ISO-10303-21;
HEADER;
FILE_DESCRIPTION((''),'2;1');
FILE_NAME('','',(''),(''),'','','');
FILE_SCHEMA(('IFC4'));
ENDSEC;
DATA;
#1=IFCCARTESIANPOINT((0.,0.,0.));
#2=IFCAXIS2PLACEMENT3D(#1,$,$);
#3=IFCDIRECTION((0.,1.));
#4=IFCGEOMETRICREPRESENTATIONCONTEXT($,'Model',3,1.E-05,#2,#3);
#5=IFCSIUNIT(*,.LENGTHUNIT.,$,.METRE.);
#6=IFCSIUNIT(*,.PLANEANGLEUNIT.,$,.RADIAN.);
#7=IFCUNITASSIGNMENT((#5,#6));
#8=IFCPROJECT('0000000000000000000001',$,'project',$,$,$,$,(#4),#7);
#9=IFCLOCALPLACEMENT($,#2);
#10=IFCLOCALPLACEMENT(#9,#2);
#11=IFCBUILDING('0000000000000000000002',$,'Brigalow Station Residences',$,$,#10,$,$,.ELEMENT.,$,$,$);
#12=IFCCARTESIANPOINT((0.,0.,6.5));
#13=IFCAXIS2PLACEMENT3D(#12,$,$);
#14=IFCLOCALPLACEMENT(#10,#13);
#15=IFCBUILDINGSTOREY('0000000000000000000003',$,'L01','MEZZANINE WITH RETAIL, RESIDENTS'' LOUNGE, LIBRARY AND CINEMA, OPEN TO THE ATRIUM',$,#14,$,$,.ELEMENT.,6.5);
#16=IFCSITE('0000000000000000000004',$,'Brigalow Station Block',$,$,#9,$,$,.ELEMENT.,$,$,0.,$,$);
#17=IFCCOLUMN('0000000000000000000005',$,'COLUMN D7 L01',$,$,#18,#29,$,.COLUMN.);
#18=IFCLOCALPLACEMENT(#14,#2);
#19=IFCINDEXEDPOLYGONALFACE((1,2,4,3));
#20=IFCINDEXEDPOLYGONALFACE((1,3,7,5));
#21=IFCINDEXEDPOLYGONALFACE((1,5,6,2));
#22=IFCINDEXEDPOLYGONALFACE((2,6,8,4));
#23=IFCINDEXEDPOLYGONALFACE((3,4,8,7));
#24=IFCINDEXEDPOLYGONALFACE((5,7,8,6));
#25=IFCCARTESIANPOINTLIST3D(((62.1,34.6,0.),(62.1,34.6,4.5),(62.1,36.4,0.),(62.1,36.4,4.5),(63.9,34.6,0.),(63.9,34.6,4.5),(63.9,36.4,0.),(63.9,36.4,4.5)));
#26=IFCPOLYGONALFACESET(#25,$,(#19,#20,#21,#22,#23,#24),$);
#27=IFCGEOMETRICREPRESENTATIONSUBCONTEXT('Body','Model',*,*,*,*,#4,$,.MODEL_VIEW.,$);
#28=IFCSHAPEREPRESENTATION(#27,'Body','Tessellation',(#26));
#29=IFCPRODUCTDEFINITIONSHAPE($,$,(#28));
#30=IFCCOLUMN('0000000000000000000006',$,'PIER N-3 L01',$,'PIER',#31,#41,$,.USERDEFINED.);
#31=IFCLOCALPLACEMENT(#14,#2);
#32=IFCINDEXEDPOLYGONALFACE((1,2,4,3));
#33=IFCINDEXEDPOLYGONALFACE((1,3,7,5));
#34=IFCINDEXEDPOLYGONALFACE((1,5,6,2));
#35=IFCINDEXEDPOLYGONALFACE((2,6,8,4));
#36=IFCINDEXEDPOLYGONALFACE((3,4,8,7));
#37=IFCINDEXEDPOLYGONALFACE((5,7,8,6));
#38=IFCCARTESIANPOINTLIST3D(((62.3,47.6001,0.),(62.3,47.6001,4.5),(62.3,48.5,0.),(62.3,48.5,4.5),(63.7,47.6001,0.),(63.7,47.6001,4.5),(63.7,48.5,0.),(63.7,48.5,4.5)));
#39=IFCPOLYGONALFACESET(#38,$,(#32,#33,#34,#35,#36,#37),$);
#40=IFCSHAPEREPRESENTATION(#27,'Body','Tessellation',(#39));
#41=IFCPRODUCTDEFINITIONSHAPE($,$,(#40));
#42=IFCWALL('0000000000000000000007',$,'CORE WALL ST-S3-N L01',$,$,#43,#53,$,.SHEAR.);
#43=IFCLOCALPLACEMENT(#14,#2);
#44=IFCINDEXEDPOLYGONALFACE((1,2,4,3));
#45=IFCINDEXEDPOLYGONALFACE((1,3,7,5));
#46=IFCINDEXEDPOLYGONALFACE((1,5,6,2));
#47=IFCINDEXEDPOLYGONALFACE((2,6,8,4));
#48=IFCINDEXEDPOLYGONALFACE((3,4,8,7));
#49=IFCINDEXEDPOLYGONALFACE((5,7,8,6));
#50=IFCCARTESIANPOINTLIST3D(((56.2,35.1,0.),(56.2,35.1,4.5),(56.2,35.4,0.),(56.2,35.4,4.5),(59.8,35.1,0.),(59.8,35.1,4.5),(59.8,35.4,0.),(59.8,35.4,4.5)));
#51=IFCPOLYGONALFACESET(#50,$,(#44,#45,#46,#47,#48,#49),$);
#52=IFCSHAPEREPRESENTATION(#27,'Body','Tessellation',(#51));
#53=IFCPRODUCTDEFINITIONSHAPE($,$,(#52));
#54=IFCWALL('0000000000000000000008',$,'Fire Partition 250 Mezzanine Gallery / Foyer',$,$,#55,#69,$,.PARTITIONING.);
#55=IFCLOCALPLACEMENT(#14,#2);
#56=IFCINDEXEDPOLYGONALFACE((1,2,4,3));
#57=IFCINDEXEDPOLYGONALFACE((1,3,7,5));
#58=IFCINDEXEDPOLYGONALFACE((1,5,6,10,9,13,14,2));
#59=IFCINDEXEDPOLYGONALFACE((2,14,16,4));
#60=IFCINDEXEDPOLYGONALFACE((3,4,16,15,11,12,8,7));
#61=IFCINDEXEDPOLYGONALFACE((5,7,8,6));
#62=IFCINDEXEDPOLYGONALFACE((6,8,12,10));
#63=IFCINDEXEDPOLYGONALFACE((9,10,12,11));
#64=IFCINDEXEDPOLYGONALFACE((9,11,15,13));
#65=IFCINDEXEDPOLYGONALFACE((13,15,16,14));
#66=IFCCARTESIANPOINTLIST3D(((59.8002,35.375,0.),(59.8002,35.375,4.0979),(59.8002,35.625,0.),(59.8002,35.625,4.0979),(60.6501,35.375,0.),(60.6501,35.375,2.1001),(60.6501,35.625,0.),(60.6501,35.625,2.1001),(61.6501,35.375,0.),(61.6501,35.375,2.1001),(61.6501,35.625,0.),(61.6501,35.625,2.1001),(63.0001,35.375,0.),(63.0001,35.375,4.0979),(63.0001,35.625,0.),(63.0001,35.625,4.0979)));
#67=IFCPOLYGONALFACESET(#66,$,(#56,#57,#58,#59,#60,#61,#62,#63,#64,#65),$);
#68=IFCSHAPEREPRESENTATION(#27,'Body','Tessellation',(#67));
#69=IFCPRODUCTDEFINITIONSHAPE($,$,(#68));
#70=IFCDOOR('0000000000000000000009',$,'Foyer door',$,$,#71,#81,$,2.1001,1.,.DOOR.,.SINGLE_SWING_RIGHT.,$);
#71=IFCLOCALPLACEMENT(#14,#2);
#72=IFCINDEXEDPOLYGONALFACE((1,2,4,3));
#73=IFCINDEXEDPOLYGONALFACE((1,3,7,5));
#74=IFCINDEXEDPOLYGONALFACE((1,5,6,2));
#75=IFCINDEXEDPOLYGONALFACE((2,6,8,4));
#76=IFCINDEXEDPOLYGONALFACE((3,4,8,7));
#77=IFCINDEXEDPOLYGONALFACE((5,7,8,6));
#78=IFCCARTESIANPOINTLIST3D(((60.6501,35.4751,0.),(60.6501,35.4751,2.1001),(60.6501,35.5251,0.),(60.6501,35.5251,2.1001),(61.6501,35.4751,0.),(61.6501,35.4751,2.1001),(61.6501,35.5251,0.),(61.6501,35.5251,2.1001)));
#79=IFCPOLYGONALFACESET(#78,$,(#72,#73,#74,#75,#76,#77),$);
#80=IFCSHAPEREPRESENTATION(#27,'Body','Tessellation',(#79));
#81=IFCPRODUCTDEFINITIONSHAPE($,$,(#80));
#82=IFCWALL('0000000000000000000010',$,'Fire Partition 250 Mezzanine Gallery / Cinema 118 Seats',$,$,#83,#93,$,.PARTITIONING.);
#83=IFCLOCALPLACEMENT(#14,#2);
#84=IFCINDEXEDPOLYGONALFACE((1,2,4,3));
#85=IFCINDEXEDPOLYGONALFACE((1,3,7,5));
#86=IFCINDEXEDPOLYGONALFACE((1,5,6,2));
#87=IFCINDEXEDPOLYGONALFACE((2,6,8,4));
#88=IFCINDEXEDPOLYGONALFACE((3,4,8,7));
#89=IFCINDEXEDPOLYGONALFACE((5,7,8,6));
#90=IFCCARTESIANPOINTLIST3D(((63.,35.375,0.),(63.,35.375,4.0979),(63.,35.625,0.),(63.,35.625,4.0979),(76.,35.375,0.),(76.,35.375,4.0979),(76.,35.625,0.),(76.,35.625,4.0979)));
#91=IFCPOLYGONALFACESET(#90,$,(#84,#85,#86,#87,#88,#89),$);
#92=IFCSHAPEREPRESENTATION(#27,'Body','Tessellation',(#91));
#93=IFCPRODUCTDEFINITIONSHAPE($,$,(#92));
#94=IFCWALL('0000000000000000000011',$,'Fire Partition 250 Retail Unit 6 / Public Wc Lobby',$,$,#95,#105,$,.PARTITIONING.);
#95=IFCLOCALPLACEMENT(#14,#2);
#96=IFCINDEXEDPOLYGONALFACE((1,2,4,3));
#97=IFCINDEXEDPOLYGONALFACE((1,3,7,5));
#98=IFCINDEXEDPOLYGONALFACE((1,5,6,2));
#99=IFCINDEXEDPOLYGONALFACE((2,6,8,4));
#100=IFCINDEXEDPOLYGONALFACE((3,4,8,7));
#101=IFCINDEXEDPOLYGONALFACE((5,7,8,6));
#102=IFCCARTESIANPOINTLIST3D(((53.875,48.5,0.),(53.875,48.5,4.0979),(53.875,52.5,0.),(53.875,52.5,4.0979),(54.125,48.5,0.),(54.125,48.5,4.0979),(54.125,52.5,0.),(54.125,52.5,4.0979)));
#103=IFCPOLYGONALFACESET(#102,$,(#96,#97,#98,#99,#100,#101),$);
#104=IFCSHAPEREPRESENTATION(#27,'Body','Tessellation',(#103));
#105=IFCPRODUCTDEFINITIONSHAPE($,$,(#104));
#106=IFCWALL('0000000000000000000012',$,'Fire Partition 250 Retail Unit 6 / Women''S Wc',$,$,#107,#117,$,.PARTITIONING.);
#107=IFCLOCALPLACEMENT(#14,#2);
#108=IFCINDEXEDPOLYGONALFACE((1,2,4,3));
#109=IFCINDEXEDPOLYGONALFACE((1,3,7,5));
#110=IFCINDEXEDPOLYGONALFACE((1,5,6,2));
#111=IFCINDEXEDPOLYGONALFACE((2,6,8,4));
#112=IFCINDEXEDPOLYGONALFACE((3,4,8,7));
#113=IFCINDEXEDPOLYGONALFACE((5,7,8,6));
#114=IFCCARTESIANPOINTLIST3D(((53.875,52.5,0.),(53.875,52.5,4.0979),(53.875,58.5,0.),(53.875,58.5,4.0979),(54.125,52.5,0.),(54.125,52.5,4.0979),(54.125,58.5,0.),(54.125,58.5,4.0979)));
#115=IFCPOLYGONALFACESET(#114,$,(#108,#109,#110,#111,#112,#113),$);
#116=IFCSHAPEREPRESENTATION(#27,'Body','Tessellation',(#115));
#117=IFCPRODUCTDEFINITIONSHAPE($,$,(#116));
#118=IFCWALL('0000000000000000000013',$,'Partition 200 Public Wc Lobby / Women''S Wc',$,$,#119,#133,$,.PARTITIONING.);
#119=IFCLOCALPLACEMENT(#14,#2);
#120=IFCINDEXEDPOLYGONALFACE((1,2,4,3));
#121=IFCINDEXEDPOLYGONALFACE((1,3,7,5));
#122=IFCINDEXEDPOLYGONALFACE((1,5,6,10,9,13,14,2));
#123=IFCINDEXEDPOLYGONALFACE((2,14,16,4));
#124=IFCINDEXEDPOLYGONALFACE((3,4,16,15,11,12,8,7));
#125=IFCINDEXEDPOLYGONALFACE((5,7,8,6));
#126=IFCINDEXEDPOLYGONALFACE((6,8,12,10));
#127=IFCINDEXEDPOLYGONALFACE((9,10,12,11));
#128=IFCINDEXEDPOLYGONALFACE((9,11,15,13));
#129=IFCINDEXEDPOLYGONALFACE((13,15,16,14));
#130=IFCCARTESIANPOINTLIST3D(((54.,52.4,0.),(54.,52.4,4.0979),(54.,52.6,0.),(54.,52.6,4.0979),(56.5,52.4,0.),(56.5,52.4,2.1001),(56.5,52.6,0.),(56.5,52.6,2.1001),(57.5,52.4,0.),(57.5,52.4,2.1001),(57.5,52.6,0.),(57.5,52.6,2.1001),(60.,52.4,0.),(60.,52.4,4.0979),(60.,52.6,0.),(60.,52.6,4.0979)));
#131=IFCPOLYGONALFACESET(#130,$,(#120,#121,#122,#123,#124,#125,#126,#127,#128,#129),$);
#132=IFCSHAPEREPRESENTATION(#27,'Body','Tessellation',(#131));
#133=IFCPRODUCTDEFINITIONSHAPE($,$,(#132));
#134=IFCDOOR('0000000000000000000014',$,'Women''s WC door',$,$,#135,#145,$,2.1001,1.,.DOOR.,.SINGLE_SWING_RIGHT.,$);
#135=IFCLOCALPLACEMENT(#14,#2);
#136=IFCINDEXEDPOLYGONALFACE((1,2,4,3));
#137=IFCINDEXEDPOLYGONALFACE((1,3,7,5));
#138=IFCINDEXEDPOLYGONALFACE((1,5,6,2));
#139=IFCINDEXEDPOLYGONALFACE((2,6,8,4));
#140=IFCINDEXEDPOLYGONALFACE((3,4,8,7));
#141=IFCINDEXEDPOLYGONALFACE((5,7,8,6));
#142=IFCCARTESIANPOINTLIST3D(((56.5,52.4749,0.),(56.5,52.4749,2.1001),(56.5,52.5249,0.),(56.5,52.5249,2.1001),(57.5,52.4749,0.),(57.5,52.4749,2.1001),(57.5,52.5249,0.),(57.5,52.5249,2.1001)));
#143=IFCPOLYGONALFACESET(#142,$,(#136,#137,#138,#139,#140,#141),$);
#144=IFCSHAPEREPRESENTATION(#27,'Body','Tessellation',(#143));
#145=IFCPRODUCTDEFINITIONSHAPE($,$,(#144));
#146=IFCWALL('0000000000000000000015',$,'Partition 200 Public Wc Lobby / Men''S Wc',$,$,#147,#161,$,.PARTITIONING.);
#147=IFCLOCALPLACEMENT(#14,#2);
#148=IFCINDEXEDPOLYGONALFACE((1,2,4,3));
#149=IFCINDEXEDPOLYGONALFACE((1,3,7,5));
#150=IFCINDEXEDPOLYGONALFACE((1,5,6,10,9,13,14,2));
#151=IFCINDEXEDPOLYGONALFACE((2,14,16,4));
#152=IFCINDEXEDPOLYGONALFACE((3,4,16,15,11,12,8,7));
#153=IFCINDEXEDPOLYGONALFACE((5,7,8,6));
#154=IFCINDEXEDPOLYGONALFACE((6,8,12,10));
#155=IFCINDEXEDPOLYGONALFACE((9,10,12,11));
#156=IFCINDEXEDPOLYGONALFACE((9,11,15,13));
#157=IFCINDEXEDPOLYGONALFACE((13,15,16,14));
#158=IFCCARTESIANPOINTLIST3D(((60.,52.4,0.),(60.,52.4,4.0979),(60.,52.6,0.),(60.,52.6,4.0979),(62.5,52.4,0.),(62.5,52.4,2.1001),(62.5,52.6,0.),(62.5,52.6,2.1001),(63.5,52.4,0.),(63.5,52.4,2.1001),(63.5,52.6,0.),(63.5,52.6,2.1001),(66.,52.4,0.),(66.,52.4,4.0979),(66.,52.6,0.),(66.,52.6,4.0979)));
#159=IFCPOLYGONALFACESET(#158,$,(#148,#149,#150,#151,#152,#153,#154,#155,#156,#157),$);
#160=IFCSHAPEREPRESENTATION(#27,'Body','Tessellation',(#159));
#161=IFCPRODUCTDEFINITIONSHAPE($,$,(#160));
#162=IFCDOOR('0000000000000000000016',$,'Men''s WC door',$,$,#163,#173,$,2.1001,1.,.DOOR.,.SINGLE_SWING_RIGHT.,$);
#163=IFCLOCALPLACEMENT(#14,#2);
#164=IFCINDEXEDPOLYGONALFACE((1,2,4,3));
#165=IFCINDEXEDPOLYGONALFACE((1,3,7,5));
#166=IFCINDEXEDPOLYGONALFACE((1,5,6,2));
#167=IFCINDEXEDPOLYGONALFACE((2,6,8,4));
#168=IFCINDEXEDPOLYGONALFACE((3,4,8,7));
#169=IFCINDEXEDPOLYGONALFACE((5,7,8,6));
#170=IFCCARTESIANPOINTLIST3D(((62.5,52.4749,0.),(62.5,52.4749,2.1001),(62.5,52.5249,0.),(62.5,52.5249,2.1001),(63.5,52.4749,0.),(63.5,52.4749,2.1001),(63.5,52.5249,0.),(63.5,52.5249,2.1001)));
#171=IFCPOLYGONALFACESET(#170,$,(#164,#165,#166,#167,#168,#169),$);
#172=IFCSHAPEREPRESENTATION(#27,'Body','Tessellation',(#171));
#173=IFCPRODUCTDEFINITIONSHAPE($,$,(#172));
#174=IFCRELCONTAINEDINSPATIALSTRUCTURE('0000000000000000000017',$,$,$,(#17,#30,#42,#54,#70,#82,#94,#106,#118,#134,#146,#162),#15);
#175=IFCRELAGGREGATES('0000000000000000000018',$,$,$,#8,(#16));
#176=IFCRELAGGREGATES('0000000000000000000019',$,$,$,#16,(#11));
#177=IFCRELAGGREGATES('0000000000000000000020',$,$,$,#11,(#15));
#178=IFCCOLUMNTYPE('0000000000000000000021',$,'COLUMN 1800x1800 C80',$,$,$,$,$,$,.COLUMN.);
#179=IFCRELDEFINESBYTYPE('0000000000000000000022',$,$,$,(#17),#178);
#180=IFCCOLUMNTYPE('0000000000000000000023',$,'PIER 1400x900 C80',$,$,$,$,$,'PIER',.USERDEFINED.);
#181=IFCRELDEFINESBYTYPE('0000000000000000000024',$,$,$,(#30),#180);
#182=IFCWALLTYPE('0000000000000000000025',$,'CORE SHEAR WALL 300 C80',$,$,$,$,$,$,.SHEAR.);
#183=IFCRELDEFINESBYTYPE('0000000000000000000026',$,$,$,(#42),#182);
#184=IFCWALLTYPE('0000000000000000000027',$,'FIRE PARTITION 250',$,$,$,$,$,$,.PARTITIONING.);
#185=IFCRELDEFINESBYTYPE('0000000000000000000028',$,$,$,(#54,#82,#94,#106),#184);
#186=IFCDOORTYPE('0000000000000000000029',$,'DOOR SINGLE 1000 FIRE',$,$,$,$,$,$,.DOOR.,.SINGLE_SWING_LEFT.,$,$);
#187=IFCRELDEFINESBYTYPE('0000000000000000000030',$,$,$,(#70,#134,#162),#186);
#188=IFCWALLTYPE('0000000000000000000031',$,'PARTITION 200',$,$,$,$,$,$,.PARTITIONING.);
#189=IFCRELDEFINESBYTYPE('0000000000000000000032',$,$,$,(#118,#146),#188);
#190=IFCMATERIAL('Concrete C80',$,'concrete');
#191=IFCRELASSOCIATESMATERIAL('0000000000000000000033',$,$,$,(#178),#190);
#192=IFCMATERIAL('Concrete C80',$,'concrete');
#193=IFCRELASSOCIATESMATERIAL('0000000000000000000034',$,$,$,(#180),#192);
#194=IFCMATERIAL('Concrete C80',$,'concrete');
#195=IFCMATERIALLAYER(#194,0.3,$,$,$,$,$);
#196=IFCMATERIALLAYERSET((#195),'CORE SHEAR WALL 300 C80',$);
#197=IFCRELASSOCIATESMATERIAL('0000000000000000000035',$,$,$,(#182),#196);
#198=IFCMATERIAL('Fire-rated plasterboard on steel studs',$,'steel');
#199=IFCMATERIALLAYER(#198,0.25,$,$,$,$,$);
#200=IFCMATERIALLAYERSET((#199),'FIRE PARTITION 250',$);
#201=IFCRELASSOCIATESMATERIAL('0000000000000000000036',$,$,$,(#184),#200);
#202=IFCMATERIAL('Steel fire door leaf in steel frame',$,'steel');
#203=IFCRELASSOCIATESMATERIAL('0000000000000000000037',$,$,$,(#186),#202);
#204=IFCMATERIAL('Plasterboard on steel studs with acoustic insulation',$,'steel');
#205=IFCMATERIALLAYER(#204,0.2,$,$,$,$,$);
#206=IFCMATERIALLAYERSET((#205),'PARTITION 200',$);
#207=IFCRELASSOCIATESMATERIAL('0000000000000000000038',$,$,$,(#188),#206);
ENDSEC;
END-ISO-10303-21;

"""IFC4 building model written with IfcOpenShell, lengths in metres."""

from ifc_helpers import new_model, si_unit, direction, frame, frame_2d, origin, origin_2d, place, context, subcontext, project, spatial, rectangle, extrude, material, layer, layer_set, material_profile, profile_set, type_object, element, fill, save


model = new_model("IFC4")

# Units and contexts
model_context = context("Model", 3, precision=1e-05, world=origin(), true_north=direction((0.0, 1.0)))
body_context = subcontext(model_context, "Body", "Model", "MODEL_VIEW")
ifc_project = project(units=[si_unit("LENGTHUNIT", "METRE"), si_unit("PLANEANGLEUNIT", "RADIAN")], contexts=[model_context])

# Site, building, storey
site_placement = place(None, origin())
site = spatial("IfcSite", under=ifc_project, at=site_placement, Name="Brigalow Station Block", CompositionType="ELEMENT", RefElevation=0.0)
building_placement = place(site_placement, origin())
building = spatial("IfcBuilding", under=site, at=building_placement, Name="Brigalow Station Residences", CompositionType="ELEMENT")
storey_placement = place(building_placement, frame((0.0, 0.0, 6.5)))
storey = spatial("IfcBuildingStorey", under=building, at=storey_placement, Name="L01", Description="MEZZANINE WITH RETAIL, RESIDENTS' LOUNGE, LIBRARY AND CINEMA, OPEN TO THE ATRIUM", CompositionType="ELEMENT", Elevation=6.5)

# Columns
ifc_material_1 = material(Name="Concrete C80", Category="concrete")
ifc_material_profile_1 = material_profile(ifc_material_1, rectangle(XDim=1.8, YDim=1.8, at=origin_2d()), Name="RC1800x1800")
ifc_profile_set_1 = profile_set([ifc_material_profile_1], Name="Concrete C80")
column_type_1 = type_object("IfcColumnType", Name="COLUMN 1800x1800 C80", PredefinedType="COLUMN", material=ifc_profile_set_1)
column_1_placement = place(storey_placement, frame((63.0, 35.5, 0.0), z_axis=(0.0, 0.0, 1.0), x_axis=(1.0, 0.0, 0.0)))
element("IfcColumn", 1, at=column_1_placement, inside=storey, type_object=column_type_1, Name="COLUMN D7 L01", PredefinedType="COLUMN", context=body_context, shape_type="SweptSolid", body=[
    extrude(rectangle(XDim=1.8, YDim=1.8, at=origin_2d()), origin(), (0.0, 0.0, 1.0), 4.5),
])
ifc_material_2 = material(Name="Concrete C80", Category="concrete")
ifc_material_profile_2 = material_profile(ifc_material_2, rectangle(XDim=1.3999, YDim=0.8999, at=origin_2d()), Name="RC1400x900")
ifc_profile_set_2 = profile_set([ifc_material_profile_2], Name="Concrete C80")
column_type_2 = type_object("IfcColumnType", Name="PIER 1400x900 C80", ElementType="PIER", PredefinedType="USERDEFINED", material=ifc_profile_set_2)
column_2_placement = place(storey_placement, frame((63.0, 48.05, 0.0), z_axis=(0.0, 0.0, 1.0), x_axis=(-1.0, 0.0, 0.0)))
element("IfcColumn", 2, at=column_2_placement, inside=storey, type_object=column_type_2, Name="PIER N-3 L01", ObjectType="PIER", PredefinedType="USERDEFINED", context=body_context, shape_type="SweptSolid", body=[
    extrude(rectangle(XDim=1.3999, YDim=0.8999, at=origin_2d()), origin(), (0.0, 0.0, 1.0), 4.5),
])

# Wall
ifc_material_3 = material(Name="Concrete C80", Category="concrete")
ifc_layer_1 = layer(ifc_material_3, 0.3)
ifc_layer_set_1 = layer_set([ifc_layer_1], Name="CORE SHEAR WALL 300 C80")
wall_type_1 = type_object("IfcWallType", Name="CORE SHEAR WALL 300 C80", PredefinedType="SHEAR", material=ifc_layer_set_1)
wall_1_placement = place(storey_placement, frame((56.2, 35.25, 0.0), z_axis=(0.0, 0.0, 1.0), x_axis=(1.0, 0.0, 0.0)))
element("IfcWall", 3, at=wall_1_placement, inside=storey, type_object=wall_type_1, Name="CORE WALL ST-S3-N L01", PredefinedType="SHEAR", context=body_context, shape_type="SweptSolid", body=[
    extrude(rectangle(XDim=3.6001, YDim=0.3, at=frame_2d((1.8, 0.0))), origin(), (0.0, 0.0, 1.0), 4.5),
])

# Wall, opening, door
ifc_material_4 = material(Name="Fire-rated plasterboard on steel studs", Category="steel")
ifc_layer_2 = layer(ifc_material_4, 0.25)
ifc_layer_set_2 = layer_set([ifc_layer_2], Name="FIRE PARTITION 250")
wall_type_2 = type_object("IfcWallType", Name="FIRE PARTITION 250", PredefinedType="PARTITIONING", material=ifc_layer_set_2)
wall_2_placement = place(storey_placement, frame((59.8, 35.5, 0.0), z_axis=(0.0, 0.0, 1.0), x_axis=(1.0, 0.0, 0.0)))
wall_2 = element("IfcWall", 4, at=wall_2_placement, inside=storey, type_object=wall_type_2, Name="Fire Partition 250 Mezzanine Gallery / Foyer", PredefinedType="PARTITIONING", context=body_context, shape_type="SweptSolid", body=[
    extrude(rectangle(XDim=3.2, YDim=0.25, at=frame_2d((1.6001, 0.0))), origin(), (0.0, 0.0, 1.0), 4.0979),
])
opening_1_placement = place(wall_2_placement, frame((0.8501, 0.0, 0.0)))
opening_1 = element("IfcOpeningElement", 5, at=opening_1_placement, cuts=wall_2, PredefinedType="OPENING", context=body_context, shape_type="SweptSolid", body=[
    extrude(rectangle(XDim=1.0, YDim=2.1001, at=frame_2d((0.5, 1.05))), frame((0.0, 0.135, 0.0), z_axis=(0.0, -1.0, 0.0), x_axis=(1.0, 0.0, 0.0)), (0.0, 0.0, 1.0), 0.27),
])
ifc_material_5 = material(Name="Steel fire door leaf in steel frame", Category="steel")
door_type_1 = type_object("IfcDoorType", Name="DOOR SINGLE 1000 FIRE", OperationType="SINGLE_SWING_LEFT", PredefinedType="DOOR", material=ifc_material_5)
door_1_placement = place(opening_1_placement, frame((1.0, 0.0, 0.0), z_axis=(0.0, 0.0, 1.0), x_axis=(-1.0, 0.0, 0.0)))
door_1 = element("IfcDoor", 6, at=door_1_placement, inside=storey, type_object=door_type_1, Name="Foyer door", OperationType="SINGLE_SWING_RIGHT", OverallHeight=2.1001, OverallWidth=1.0, PredefinedType="DOOR", context=body_context, shape_type="SweptSolid", body=[
    extrude(rectangle(XDim=1.0, YDim=2.1001, at=frame_2d((0.5, 1.05))), frame((0.0, 0.0249, 0.0), z_axis=(0.0, -1.0, 0.0), x_axis=(1.0, 0.0, 0.0)), (0.0, 0.0, 1.0), 0.05),
])
fill(opening_1, door_1)

# Walls
wall_3_placement = place(storey_placement, frame((63.0, 35.5, 0.0), z_axis=(0.0, 0.0, 1.0), x_axis=(1.0, 0.0, 0.0)))
element("IfcWall", 7, at=wall_3_placement, inside=storey, type_object=wall_type_2, Name="Fire Partition 250 Mezzanine Gallery / Cinema 118 Seats", PredefinedType="PARTITIONING", context=body_context, shape_type="SweptSolid", body=[
    extrude(rectangle(XDim=13.0, YDim=0.25, at=frame_2d((6.5, 0.0))), origin(), (0.0, 0.0, 1.0), 4.0979),
])
wall_4_placement = place(storey_placement, frame((54.0, 48.5, 0.0), z_axis=(0.0, 0.0, 1.0), x_axis=(0.0, 1.0, 0.0)))
element("IfcWall", 8, at=wall_4_placement, inside=storey, type_object=wall_type_2, Name="Fire Partition 250 Retail Unit 6 / Public Wc Lobby", PredefinedType="PARTITIONING", context=body_context, shape_type="SweptSolid", body=[
    extrude(rectangle(XDim=4.0, YDim=0.25, at=frame_2d((2.0, 0.0))), origin(), (0.0, 0.0, 1.0), 4.0979),
])
wall_5_placement = place(storey_placement, frame((54.0, 52.5, 0.0), z_axis=(0.0, 0.0, 1.0), x_axis=(0.0, 1.0, 0.0)))
element("IfcWall", 9, at=wall_5_placement, inside=storey, type_object=wall_type_2, Name="Fire Partition 250 Retail Unit 6 / Women'S Wc", PredefinedType="PARTITIONING", context=body_context, shape_type="SweptSolid", body=[
    extrude(rectangle(XDim=6.0, YDim=0.25, at=frame_2d((3.0, 0.0))), origin(), (0.0, 0.0, 1.0), 4.0979),
])

# Walls, openings, doors
ifc_material_6 = material(Name="Plasterboard on steel studs with acoustic insulation", Category="steel")
ifc_layer_3 = layer(ifc_material_6, 0.2)
ifc_layer_set_3 = layer_set([ifc_layer_3], Name="PARTITION 200")
wall_type_3 = type_object("IfcWallType", Name="PARTITION 200", PredefinedType="PARTITIONING", material=ifc_layer_set_3)
wall_6_placement = place(storey_placement, frame((54.0, 52.5, 0.0), z_axis=(0.0, 0.0, 1.0), x_axis=(1.0, 0.0, 0.0)))
wall_6 = element("IfcWall", 10, at=wall_6_placement, inside=storey, type_object=wall_type_3, Name="Partition 200 Public Wc Lobby / Women'S Wc", PredefinedType="PARTITIONING", context=body_context, shape_type="SweptSolid", body=[
    extrude(rectangle(XDim=6.0, YDim=0.2, at=frame_2d((3.0, 0.0))), origin(), (0.0, 0.0, 1.0), 4.0979),
])
opening_2_placement = place(wall_6_placement, frame((2.5, 0.0, 0.0)))
opening_2 = element("IfcOpeningElement", 11, at=opening_2_placement, cuts=wall_6, PredefinedType="OPENING", context=body_context, shape_type="SweptSolid", body=[
    extrude(rectangle(XDim=1.0, YDim=2.1001, at=frame_2d((0.5, 1.05))), frame((0.0, 0.1099, 0.0), z_axis=(0.0, -1.0, 0.0), x_axis=(1.0, 0.0, 0.0)), (0.0, 0.0, 1.0), 0.22),
])
door_2_placement = place(opening_2_placement, origin())
door_2 = element("IfcDoor", 12, at=door_2_placement, inside=storey, type_object=door_type_1, Name="Women's WC door", OperationType="SINGLE_SWING_RIGHT", OverallHeight=2.1001, OverallWidth=1.0, PredefinedType="DOOR", context=body_context, shape_type="SweptSolid", body=[
    extrude(rectangle(XDim=1.0, YDim=2.1001, at=frame_2d((0.5, 1.05))), frame((0.0, 0.0249, 0.0), z_axis=(0.0, -1.0, 0.0), x_axis=(1.0, 0.0, 0.0)), (0.0, 0.0, 1.0), 0.05),
])
fill(opening_2, door_2)
wall_7_placement = place(storey_placement, frame((60.0, 52.5, 0.0), z_axis=(0.0, 0.0, 1.0), x_axis=(1.0, 0.0, 0.0)))
wall_7 = element("IfcWall", 13, at=wall_7_placement, inside=storey, type_object=wall_type_3, Name="Partition 200 Public Wc Lobby / Men'S Wc", PredefinedType="PARTITIONING", context=body_context, shape_type="SweptSolid", body=[
    extrude(rectangle(XDim=6.0, YDim=0.2, at=frame_2d((3.0, 0.0))), origin(), (0.0, 0.0, 1.0), 4.0979),
])
opening_3_placement = place(wall_7_placement, frame((2.5, 0.0, 0.0)))
opening_3 = element("IfcOpeningElement", 14, at=opening_3_placement, cuts=wall_7, PredefinedType="OPENING", context=body_context, shape_type="SweptSolid", body=[
    extrude(rectangle(XDim=1.0, YDim=2.1001, at=frame_2d((0.5, 1.05))), frame((0.0, 0.1099, 0.0), z_axis=(0.0, -1.0, 0.0), x_axis=(1.0, 0.0, 0.0)), (0.0, 0.0, 1.0), 0.22),
])
door_3_placement = place(opening_3_placement, origin())
door_3 = element("IfcDoor", 15, at=door_3_placement, inside=storey, type_object=door_type_1, Name="Men's WC door", OperationType="SINGLE_SWING_RIGHT", OverallHeight=2.1001, OverallWidth=1.0, PredefinedType="DOOR", context=body_context, shape_type="SweptSolid", body=[
    extrude(rectangle(XDim=1.0, YDim=2.1001, at=frame_2d((0.5, 1.05))), frame((0.0, 0.0249, 0.0), z_axis=(0.0, -1.0, 0.0), x_axis=(1.0, 0.0, 0.0)), (0.0, 0.0, 1.0), 0.05),
])
fill(opening_3, door_3)

save(model, "model.ifc")
